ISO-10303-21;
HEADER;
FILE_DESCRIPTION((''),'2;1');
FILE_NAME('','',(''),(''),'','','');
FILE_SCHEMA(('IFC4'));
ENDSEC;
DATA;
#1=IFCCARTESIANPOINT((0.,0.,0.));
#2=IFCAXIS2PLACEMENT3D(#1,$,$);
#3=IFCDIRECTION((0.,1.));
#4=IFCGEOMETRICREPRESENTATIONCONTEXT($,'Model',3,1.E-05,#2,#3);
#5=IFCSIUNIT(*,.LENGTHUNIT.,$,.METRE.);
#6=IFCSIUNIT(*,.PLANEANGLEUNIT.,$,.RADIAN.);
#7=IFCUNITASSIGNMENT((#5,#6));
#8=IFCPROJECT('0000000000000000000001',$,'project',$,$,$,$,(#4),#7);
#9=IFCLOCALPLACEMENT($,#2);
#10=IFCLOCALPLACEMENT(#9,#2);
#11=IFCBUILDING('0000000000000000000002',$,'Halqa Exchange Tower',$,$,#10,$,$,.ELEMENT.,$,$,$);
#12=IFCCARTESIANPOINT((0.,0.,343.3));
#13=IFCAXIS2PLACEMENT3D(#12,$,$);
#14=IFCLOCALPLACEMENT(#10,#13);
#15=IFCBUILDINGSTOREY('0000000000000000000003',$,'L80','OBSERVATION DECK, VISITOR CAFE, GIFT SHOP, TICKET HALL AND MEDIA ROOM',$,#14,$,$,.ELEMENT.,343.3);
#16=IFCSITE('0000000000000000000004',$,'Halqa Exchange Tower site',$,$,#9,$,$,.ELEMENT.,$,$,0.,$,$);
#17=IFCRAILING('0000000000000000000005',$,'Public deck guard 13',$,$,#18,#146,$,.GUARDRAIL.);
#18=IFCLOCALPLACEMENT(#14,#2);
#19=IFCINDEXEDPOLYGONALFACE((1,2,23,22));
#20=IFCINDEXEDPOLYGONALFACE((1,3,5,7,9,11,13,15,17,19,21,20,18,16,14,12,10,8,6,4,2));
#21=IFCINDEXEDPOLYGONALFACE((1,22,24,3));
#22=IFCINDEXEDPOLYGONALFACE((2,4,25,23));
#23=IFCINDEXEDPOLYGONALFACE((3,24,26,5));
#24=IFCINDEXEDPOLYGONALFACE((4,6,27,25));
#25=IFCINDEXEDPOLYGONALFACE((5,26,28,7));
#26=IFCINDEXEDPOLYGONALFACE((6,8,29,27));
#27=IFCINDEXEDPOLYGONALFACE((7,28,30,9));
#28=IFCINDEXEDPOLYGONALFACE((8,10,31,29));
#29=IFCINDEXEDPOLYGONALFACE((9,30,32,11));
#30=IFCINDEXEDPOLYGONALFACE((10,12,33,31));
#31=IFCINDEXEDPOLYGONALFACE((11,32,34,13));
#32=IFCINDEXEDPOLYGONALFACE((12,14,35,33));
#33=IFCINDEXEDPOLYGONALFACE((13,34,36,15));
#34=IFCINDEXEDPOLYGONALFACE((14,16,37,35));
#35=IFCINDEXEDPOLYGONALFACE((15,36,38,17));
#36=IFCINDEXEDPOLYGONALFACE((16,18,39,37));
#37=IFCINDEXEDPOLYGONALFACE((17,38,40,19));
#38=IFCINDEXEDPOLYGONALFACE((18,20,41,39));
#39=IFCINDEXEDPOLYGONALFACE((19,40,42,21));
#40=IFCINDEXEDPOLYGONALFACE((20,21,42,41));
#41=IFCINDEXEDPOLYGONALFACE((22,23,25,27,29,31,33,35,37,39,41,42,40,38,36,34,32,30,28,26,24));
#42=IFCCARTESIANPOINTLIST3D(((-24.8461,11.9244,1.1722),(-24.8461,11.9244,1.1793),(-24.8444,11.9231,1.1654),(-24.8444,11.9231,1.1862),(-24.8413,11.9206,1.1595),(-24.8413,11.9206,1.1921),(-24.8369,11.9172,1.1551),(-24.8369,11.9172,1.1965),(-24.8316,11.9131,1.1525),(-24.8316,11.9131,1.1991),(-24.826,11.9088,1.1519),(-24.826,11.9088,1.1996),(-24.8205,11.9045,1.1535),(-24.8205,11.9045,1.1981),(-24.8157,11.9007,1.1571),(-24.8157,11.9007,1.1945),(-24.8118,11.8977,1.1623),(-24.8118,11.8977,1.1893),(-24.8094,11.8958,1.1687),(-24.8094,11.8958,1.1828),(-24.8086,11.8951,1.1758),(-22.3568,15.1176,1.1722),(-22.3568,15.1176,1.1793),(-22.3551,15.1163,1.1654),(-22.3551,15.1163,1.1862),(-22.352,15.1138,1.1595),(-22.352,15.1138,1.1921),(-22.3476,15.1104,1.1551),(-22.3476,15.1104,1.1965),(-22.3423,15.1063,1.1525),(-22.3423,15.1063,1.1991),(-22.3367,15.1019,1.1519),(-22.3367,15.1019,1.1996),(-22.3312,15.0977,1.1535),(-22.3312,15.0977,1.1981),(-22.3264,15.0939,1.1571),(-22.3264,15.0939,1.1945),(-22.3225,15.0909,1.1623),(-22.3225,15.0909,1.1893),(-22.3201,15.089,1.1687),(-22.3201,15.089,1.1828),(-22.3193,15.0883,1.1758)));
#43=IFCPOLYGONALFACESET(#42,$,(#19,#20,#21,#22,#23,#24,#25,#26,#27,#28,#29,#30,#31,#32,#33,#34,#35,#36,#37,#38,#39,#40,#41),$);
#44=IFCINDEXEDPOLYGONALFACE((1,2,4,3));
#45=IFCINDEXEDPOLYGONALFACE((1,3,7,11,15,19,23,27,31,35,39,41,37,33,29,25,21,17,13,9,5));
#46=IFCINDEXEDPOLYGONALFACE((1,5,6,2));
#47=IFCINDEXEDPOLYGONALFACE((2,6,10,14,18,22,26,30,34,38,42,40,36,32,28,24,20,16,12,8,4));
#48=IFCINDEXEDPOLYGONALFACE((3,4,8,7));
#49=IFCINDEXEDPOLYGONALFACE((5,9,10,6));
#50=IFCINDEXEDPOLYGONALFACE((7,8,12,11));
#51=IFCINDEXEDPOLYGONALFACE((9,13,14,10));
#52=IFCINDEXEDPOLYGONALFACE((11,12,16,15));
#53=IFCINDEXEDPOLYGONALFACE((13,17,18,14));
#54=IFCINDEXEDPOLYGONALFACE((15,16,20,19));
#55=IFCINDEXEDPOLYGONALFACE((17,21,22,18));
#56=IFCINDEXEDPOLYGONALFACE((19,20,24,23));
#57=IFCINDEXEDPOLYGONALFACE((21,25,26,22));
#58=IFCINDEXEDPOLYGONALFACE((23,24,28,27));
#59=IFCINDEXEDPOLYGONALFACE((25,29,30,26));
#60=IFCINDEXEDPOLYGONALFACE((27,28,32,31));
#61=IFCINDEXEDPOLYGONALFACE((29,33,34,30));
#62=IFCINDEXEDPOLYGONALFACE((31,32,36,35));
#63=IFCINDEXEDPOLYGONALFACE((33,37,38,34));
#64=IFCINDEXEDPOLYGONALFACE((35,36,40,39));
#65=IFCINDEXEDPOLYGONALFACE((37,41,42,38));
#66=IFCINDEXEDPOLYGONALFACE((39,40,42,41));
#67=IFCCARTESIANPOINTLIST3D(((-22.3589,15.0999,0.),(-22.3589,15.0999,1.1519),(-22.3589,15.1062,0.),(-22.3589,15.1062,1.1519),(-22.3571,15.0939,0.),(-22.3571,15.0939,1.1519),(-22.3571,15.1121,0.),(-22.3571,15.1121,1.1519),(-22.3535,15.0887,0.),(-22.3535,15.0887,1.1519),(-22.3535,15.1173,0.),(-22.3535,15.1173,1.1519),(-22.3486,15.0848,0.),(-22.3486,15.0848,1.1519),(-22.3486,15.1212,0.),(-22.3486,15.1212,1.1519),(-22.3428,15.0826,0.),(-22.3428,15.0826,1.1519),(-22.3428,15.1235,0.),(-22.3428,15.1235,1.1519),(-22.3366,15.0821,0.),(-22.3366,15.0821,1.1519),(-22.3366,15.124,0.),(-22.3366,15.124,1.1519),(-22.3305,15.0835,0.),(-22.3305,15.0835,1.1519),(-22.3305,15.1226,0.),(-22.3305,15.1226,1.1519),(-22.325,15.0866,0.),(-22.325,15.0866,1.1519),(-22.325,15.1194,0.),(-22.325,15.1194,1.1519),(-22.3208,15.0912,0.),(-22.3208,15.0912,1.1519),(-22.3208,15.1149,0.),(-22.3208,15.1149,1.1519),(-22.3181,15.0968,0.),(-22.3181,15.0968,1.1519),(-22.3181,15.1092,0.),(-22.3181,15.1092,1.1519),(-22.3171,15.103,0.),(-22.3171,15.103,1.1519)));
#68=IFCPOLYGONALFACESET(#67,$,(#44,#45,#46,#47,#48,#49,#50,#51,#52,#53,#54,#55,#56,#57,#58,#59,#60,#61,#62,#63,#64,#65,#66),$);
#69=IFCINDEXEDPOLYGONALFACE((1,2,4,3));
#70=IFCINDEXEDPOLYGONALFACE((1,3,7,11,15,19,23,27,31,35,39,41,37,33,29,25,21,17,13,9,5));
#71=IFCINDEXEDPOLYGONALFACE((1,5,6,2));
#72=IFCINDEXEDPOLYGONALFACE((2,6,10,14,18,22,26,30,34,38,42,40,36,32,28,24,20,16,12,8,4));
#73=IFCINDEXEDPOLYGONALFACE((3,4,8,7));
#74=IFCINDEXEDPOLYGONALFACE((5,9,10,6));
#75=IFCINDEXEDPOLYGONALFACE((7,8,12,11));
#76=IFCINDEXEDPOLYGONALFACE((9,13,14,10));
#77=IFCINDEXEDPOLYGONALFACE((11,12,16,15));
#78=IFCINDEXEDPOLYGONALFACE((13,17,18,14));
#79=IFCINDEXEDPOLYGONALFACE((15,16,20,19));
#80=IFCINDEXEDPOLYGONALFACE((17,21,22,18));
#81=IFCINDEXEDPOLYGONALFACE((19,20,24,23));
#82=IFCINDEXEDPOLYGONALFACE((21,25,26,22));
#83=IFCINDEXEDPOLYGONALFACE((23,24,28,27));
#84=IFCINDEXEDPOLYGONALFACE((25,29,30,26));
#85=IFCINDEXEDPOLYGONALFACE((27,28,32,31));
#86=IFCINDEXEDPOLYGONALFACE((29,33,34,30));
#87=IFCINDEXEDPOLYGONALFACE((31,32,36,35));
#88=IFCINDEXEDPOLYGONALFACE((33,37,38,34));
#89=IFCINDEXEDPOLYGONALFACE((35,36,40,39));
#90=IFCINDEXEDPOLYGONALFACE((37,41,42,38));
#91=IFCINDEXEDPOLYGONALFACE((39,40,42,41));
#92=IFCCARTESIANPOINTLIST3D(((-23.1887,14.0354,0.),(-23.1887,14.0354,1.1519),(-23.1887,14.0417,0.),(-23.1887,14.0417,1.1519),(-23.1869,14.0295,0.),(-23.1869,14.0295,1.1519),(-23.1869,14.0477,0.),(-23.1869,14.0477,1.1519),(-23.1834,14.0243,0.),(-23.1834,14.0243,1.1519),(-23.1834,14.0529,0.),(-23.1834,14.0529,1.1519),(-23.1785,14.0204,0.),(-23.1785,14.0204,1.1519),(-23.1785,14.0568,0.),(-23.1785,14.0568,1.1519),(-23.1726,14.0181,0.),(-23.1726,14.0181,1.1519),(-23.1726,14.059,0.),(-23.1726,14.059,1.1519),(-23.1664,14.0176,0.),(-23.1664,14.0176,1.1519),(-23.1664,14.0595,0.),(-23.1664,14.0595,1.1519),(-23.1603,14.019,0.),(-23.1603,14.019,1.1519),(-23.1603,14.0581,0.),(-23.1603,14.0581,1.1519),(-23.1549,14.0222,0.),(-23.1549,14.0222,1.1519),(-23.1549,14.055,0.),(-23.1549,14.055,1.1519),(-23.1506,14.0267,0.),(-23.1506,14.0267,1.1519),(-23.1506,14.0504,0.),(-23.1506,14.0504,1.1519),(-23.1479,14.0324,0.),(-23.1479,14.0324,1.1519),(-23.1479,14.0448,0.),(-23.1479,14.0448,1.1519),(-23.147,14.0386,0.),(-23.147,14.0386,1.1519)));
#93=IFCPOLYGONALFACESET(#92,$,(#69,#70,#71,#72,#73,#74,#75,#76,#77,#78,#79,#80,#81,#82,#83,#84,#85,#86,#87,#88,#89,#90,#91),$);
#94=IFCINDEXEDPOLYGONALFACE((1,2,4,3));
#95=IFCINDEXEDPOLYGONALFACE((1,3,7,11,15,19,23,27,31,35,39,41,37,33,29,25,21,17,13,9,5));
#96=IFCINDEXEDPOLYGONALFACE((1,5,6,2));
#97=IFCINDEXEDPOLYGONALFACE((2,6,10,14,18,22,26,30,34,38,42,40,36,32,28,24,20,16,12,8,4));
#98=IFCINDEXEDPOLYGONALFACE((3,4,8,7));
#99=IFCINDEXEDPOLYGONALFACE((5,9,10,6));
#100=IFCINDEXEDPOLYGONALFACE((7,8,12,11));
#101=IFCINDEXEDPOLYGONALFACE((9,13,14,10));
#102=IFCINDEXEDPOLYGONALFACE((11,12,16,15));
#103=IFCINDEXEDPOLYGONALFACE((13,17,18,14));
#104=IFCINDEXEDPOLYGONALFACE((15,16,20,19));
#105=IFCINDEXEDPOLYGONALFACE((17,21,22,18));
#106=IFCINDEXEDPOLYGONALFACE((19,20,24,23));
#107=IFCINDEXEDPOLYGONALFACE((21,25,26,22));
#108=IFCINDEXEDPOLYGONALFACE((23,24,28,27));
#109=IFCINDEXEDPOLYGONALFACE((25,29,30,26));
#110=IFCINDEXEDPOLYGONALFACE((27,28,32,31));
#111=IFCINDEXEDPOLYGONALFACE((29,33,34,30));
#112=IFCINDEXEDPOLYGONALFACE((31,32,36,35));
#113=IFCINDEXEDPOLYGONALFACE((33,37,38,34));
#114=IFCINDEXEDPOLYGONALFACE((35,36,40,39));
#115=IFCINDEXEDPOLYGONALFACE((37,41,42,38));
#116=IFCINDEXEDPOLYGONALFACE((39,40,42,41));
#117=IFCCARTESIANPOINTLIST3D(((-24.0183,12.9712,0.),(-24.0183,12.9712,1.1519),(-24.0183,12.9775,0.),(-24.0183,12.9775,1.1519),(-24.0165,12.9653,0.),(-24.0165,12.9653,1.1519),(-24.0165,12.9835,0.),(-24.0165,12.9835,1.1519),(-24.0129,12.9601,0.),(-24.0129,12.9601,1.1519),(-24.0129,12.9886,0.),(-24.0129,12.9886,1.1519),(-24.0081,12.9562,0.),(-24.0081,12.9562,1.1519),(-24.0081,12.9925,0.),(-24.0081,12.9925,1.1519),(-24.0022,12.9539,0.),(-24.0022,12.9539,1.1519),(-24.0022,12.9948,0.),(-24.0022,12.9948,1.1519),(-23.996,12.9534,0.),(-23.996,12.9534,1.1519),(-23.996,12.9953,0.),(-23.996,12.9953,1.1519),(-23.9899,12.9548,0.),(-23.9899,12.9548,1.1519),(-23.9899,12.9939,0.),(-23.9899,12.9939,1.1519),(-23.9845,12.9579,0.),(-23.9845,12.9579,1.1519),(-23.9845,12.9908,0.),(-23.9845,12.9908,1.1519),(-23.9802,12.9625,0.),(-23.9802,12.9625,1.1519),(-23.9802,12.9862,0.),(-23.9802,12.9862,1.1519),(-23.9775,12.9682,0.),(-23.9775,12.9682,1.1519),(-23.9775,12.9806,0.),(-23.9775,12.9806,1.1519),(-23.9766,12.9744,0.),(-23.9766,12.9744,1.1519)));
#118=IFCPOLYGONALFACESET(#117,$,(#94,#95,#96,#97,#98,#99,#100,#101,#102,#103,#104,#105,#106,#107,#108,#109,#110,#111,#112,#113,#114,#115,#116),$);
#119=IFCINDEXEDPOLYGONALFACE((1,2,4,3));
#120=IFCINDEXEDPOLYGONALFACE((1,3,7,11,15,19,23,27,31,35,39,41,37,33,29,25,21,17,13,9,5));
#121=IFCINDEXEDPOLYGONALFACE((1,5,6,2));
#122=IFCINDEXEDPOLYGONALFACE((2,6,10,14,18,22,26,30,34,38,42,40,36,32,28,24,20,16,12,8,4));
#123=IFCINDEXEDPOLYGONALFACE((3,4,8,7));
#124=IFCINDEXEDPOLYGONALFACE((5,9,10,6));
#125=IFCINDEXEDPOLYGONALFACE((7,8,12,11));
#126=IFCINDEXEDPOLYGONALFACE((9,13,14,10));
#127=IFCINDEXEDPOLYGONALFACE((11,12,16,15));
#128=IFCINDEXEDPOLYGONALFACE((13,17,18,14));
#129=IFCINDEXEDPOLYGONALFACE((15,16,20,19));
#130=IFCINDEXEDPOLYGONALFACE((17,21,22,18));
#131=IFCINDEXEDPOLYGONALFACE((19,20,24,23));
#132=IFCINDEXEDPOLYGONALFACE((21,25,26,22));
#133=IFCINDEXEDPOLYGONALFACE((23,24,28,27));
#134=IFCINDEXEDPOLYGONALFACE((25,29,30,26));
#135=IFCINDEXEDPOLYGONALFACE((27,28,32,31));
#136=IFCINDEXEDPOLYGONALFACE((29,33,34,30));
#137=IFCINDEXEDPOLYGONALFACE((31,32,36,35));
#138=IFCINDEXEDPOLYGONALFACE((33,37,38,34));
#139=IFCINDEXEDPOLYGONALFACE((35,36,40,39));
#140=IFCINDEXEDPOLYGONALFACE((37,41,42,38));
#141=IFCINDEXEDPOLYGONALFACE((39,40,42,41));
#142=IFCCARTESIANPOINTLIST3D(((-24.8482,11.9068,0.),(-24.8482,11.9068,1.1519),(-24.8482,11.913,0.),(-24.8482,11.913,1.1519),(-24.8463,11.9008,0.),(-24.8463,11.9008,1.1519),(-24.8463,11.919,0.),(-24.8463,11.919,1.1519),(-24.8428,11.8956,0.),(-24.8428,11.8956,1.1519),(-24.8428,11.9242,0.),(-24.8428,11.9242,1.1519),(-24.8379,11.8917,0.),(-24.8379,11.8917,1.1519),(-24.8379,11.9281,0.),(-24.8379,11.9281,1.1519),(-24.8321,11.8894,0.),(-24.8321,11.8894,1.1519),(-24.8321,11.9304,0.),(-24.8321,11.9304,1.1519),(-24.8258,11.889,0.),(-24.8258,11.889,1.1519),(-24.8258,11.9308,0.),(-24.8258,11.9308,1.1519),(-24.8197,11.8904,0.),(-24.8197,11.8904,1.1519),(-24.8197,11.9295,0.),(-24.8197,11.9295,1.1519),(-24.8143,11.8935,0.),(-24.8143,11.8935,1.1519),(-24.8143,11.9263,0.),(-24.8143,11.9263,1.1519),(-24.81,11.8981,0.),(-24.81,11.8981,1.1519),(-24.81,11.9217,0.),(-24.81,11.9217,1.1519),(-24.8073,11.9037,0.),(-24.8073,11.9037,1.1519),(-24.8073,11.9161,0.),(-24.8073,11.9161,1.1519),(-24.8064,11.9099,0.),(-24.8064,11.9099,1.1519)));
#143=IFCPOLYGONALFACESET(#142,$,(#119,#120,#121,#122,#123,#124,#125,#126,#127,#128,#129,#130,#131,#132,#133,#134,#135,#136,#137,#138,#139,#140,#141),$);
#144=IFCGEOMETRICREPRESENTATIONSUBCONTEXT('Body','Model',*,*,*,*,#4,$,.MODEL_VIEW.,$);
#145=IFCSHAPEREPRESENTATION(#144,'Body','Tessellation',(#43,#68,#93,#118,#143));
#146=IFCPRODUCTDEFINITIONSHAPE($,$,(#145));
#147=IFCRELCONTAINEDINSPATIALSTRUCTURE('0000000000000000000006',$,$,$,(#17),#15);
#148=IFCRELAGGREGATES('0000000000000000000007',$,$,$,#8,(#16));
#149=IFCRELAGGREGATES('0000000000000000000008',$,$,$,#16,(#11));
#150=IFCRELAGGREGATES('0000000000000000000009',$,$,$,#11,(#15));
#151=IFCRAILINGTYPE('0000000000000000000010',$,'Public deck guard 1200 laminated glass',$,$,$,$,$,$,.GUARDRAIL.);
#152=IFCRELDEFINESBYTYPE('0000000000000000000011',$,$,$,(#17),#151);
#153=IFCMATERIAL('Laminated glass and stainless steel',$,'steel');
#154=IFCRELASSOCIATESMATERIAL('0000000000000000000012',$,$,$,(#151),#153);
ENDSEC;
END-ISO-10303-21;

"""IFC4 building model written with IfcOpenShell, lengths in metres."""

from ifc_helpers import new_model, si_unit, direction, frame, origin, origin_2d, place, context, subcontext, project, spatial, circle, extrude, material, type_object, element, save


model = new_model("IFC4")

# Units and contexts
model_context = context("Model", 3, precision=1e-05, world=origin(), true_north=direction((0.0, 1.0)))
body_context = subcontext(model_context, "Body", "Model", "MODEL_VIEW")
ifc_project = project(units=[si_unit("LENGTHUNIT", "METRE"), si_unit("PLANEANGLEUNIT", "RADIAN")], contexts=[model_context])

# Site, building, storey
site_placement = place(None, origin())
site = spatial("IfcSite", under=ifc_project, at=site_placement, Name="Halqa Exchange Tower site", CompositionType="ELEMENT", RefElevation=0.0)
building_placement = place(site_placement, origin())
building = spatial("IfcBuilding", under=site, at=building_placement, Name="Halqa Exchange Tower", CompositionType="ELEMENT")
storey_placement = place(building_placement, frame((0.0, 0.0, 343.3)))
storey = spatial("IfcBuildingStorey", under=building, at=storey_placement, Name="L80", Description="OBSERVATION DECK, VISITOR CAFE, GIFT SHOP, TICKET HALL AND MEDIA ROOM", CompositionType="ELEMENT", Elevation=343.3)

# Railing
ifc_material_1 = material(Name="Laminated glass and stainless steel", Category="steel")
railing_type = type_object("IfcRailingType", Name="Public deck guard 1200 laminated glass", PredefinedType="GUARDRAIL", material=ifc_material_1)
railing_1_placement = place(storey_placement, frame((-22.3381, 15.103, 0.0)))
element("IfcRailing", 1, at=railing_1_placement, inside=storey, type_object=railing_type, Name="Public deck guard 13", PredefinedType="GUARDRAIL", context=body_context, shape_type="SweptSolid", body=[
    extrude(circle(Radius=0.0239, at=origin_2d()), frame((0.0, 0.0, 1.1758), z_axis=(-0.614821, -0.788667, 0.0), x_axis=(0.788667, -0.614821, 0.0)), (0.0, 0.0, 1.0), 4.0488),
    extrude(circle(Radius=0.021, at=origin_2d()), origin(), (0.0, 0.0, 1.0), 1.1519),
    extrude(circle(Radius=0.021, at=origin_2d()), frame((-0.8298, -1.0645, 0.0)), (0.0, 0.0, 1.0), 1.1519),
    extrude(circle(Radius=0.021, at=origin_2d()), frame((-1.6594, -2.1287, 0.0)), (0.0, 0.0, 1.0), 1.1519),
    extrude(circle(Radius=0.021, at=origin_2d()), frame((-2.4893, -3.1931, 0.0)), (0.0, 0.0, 1.0), 1.1519),
])

save(model, "model.ifc")
